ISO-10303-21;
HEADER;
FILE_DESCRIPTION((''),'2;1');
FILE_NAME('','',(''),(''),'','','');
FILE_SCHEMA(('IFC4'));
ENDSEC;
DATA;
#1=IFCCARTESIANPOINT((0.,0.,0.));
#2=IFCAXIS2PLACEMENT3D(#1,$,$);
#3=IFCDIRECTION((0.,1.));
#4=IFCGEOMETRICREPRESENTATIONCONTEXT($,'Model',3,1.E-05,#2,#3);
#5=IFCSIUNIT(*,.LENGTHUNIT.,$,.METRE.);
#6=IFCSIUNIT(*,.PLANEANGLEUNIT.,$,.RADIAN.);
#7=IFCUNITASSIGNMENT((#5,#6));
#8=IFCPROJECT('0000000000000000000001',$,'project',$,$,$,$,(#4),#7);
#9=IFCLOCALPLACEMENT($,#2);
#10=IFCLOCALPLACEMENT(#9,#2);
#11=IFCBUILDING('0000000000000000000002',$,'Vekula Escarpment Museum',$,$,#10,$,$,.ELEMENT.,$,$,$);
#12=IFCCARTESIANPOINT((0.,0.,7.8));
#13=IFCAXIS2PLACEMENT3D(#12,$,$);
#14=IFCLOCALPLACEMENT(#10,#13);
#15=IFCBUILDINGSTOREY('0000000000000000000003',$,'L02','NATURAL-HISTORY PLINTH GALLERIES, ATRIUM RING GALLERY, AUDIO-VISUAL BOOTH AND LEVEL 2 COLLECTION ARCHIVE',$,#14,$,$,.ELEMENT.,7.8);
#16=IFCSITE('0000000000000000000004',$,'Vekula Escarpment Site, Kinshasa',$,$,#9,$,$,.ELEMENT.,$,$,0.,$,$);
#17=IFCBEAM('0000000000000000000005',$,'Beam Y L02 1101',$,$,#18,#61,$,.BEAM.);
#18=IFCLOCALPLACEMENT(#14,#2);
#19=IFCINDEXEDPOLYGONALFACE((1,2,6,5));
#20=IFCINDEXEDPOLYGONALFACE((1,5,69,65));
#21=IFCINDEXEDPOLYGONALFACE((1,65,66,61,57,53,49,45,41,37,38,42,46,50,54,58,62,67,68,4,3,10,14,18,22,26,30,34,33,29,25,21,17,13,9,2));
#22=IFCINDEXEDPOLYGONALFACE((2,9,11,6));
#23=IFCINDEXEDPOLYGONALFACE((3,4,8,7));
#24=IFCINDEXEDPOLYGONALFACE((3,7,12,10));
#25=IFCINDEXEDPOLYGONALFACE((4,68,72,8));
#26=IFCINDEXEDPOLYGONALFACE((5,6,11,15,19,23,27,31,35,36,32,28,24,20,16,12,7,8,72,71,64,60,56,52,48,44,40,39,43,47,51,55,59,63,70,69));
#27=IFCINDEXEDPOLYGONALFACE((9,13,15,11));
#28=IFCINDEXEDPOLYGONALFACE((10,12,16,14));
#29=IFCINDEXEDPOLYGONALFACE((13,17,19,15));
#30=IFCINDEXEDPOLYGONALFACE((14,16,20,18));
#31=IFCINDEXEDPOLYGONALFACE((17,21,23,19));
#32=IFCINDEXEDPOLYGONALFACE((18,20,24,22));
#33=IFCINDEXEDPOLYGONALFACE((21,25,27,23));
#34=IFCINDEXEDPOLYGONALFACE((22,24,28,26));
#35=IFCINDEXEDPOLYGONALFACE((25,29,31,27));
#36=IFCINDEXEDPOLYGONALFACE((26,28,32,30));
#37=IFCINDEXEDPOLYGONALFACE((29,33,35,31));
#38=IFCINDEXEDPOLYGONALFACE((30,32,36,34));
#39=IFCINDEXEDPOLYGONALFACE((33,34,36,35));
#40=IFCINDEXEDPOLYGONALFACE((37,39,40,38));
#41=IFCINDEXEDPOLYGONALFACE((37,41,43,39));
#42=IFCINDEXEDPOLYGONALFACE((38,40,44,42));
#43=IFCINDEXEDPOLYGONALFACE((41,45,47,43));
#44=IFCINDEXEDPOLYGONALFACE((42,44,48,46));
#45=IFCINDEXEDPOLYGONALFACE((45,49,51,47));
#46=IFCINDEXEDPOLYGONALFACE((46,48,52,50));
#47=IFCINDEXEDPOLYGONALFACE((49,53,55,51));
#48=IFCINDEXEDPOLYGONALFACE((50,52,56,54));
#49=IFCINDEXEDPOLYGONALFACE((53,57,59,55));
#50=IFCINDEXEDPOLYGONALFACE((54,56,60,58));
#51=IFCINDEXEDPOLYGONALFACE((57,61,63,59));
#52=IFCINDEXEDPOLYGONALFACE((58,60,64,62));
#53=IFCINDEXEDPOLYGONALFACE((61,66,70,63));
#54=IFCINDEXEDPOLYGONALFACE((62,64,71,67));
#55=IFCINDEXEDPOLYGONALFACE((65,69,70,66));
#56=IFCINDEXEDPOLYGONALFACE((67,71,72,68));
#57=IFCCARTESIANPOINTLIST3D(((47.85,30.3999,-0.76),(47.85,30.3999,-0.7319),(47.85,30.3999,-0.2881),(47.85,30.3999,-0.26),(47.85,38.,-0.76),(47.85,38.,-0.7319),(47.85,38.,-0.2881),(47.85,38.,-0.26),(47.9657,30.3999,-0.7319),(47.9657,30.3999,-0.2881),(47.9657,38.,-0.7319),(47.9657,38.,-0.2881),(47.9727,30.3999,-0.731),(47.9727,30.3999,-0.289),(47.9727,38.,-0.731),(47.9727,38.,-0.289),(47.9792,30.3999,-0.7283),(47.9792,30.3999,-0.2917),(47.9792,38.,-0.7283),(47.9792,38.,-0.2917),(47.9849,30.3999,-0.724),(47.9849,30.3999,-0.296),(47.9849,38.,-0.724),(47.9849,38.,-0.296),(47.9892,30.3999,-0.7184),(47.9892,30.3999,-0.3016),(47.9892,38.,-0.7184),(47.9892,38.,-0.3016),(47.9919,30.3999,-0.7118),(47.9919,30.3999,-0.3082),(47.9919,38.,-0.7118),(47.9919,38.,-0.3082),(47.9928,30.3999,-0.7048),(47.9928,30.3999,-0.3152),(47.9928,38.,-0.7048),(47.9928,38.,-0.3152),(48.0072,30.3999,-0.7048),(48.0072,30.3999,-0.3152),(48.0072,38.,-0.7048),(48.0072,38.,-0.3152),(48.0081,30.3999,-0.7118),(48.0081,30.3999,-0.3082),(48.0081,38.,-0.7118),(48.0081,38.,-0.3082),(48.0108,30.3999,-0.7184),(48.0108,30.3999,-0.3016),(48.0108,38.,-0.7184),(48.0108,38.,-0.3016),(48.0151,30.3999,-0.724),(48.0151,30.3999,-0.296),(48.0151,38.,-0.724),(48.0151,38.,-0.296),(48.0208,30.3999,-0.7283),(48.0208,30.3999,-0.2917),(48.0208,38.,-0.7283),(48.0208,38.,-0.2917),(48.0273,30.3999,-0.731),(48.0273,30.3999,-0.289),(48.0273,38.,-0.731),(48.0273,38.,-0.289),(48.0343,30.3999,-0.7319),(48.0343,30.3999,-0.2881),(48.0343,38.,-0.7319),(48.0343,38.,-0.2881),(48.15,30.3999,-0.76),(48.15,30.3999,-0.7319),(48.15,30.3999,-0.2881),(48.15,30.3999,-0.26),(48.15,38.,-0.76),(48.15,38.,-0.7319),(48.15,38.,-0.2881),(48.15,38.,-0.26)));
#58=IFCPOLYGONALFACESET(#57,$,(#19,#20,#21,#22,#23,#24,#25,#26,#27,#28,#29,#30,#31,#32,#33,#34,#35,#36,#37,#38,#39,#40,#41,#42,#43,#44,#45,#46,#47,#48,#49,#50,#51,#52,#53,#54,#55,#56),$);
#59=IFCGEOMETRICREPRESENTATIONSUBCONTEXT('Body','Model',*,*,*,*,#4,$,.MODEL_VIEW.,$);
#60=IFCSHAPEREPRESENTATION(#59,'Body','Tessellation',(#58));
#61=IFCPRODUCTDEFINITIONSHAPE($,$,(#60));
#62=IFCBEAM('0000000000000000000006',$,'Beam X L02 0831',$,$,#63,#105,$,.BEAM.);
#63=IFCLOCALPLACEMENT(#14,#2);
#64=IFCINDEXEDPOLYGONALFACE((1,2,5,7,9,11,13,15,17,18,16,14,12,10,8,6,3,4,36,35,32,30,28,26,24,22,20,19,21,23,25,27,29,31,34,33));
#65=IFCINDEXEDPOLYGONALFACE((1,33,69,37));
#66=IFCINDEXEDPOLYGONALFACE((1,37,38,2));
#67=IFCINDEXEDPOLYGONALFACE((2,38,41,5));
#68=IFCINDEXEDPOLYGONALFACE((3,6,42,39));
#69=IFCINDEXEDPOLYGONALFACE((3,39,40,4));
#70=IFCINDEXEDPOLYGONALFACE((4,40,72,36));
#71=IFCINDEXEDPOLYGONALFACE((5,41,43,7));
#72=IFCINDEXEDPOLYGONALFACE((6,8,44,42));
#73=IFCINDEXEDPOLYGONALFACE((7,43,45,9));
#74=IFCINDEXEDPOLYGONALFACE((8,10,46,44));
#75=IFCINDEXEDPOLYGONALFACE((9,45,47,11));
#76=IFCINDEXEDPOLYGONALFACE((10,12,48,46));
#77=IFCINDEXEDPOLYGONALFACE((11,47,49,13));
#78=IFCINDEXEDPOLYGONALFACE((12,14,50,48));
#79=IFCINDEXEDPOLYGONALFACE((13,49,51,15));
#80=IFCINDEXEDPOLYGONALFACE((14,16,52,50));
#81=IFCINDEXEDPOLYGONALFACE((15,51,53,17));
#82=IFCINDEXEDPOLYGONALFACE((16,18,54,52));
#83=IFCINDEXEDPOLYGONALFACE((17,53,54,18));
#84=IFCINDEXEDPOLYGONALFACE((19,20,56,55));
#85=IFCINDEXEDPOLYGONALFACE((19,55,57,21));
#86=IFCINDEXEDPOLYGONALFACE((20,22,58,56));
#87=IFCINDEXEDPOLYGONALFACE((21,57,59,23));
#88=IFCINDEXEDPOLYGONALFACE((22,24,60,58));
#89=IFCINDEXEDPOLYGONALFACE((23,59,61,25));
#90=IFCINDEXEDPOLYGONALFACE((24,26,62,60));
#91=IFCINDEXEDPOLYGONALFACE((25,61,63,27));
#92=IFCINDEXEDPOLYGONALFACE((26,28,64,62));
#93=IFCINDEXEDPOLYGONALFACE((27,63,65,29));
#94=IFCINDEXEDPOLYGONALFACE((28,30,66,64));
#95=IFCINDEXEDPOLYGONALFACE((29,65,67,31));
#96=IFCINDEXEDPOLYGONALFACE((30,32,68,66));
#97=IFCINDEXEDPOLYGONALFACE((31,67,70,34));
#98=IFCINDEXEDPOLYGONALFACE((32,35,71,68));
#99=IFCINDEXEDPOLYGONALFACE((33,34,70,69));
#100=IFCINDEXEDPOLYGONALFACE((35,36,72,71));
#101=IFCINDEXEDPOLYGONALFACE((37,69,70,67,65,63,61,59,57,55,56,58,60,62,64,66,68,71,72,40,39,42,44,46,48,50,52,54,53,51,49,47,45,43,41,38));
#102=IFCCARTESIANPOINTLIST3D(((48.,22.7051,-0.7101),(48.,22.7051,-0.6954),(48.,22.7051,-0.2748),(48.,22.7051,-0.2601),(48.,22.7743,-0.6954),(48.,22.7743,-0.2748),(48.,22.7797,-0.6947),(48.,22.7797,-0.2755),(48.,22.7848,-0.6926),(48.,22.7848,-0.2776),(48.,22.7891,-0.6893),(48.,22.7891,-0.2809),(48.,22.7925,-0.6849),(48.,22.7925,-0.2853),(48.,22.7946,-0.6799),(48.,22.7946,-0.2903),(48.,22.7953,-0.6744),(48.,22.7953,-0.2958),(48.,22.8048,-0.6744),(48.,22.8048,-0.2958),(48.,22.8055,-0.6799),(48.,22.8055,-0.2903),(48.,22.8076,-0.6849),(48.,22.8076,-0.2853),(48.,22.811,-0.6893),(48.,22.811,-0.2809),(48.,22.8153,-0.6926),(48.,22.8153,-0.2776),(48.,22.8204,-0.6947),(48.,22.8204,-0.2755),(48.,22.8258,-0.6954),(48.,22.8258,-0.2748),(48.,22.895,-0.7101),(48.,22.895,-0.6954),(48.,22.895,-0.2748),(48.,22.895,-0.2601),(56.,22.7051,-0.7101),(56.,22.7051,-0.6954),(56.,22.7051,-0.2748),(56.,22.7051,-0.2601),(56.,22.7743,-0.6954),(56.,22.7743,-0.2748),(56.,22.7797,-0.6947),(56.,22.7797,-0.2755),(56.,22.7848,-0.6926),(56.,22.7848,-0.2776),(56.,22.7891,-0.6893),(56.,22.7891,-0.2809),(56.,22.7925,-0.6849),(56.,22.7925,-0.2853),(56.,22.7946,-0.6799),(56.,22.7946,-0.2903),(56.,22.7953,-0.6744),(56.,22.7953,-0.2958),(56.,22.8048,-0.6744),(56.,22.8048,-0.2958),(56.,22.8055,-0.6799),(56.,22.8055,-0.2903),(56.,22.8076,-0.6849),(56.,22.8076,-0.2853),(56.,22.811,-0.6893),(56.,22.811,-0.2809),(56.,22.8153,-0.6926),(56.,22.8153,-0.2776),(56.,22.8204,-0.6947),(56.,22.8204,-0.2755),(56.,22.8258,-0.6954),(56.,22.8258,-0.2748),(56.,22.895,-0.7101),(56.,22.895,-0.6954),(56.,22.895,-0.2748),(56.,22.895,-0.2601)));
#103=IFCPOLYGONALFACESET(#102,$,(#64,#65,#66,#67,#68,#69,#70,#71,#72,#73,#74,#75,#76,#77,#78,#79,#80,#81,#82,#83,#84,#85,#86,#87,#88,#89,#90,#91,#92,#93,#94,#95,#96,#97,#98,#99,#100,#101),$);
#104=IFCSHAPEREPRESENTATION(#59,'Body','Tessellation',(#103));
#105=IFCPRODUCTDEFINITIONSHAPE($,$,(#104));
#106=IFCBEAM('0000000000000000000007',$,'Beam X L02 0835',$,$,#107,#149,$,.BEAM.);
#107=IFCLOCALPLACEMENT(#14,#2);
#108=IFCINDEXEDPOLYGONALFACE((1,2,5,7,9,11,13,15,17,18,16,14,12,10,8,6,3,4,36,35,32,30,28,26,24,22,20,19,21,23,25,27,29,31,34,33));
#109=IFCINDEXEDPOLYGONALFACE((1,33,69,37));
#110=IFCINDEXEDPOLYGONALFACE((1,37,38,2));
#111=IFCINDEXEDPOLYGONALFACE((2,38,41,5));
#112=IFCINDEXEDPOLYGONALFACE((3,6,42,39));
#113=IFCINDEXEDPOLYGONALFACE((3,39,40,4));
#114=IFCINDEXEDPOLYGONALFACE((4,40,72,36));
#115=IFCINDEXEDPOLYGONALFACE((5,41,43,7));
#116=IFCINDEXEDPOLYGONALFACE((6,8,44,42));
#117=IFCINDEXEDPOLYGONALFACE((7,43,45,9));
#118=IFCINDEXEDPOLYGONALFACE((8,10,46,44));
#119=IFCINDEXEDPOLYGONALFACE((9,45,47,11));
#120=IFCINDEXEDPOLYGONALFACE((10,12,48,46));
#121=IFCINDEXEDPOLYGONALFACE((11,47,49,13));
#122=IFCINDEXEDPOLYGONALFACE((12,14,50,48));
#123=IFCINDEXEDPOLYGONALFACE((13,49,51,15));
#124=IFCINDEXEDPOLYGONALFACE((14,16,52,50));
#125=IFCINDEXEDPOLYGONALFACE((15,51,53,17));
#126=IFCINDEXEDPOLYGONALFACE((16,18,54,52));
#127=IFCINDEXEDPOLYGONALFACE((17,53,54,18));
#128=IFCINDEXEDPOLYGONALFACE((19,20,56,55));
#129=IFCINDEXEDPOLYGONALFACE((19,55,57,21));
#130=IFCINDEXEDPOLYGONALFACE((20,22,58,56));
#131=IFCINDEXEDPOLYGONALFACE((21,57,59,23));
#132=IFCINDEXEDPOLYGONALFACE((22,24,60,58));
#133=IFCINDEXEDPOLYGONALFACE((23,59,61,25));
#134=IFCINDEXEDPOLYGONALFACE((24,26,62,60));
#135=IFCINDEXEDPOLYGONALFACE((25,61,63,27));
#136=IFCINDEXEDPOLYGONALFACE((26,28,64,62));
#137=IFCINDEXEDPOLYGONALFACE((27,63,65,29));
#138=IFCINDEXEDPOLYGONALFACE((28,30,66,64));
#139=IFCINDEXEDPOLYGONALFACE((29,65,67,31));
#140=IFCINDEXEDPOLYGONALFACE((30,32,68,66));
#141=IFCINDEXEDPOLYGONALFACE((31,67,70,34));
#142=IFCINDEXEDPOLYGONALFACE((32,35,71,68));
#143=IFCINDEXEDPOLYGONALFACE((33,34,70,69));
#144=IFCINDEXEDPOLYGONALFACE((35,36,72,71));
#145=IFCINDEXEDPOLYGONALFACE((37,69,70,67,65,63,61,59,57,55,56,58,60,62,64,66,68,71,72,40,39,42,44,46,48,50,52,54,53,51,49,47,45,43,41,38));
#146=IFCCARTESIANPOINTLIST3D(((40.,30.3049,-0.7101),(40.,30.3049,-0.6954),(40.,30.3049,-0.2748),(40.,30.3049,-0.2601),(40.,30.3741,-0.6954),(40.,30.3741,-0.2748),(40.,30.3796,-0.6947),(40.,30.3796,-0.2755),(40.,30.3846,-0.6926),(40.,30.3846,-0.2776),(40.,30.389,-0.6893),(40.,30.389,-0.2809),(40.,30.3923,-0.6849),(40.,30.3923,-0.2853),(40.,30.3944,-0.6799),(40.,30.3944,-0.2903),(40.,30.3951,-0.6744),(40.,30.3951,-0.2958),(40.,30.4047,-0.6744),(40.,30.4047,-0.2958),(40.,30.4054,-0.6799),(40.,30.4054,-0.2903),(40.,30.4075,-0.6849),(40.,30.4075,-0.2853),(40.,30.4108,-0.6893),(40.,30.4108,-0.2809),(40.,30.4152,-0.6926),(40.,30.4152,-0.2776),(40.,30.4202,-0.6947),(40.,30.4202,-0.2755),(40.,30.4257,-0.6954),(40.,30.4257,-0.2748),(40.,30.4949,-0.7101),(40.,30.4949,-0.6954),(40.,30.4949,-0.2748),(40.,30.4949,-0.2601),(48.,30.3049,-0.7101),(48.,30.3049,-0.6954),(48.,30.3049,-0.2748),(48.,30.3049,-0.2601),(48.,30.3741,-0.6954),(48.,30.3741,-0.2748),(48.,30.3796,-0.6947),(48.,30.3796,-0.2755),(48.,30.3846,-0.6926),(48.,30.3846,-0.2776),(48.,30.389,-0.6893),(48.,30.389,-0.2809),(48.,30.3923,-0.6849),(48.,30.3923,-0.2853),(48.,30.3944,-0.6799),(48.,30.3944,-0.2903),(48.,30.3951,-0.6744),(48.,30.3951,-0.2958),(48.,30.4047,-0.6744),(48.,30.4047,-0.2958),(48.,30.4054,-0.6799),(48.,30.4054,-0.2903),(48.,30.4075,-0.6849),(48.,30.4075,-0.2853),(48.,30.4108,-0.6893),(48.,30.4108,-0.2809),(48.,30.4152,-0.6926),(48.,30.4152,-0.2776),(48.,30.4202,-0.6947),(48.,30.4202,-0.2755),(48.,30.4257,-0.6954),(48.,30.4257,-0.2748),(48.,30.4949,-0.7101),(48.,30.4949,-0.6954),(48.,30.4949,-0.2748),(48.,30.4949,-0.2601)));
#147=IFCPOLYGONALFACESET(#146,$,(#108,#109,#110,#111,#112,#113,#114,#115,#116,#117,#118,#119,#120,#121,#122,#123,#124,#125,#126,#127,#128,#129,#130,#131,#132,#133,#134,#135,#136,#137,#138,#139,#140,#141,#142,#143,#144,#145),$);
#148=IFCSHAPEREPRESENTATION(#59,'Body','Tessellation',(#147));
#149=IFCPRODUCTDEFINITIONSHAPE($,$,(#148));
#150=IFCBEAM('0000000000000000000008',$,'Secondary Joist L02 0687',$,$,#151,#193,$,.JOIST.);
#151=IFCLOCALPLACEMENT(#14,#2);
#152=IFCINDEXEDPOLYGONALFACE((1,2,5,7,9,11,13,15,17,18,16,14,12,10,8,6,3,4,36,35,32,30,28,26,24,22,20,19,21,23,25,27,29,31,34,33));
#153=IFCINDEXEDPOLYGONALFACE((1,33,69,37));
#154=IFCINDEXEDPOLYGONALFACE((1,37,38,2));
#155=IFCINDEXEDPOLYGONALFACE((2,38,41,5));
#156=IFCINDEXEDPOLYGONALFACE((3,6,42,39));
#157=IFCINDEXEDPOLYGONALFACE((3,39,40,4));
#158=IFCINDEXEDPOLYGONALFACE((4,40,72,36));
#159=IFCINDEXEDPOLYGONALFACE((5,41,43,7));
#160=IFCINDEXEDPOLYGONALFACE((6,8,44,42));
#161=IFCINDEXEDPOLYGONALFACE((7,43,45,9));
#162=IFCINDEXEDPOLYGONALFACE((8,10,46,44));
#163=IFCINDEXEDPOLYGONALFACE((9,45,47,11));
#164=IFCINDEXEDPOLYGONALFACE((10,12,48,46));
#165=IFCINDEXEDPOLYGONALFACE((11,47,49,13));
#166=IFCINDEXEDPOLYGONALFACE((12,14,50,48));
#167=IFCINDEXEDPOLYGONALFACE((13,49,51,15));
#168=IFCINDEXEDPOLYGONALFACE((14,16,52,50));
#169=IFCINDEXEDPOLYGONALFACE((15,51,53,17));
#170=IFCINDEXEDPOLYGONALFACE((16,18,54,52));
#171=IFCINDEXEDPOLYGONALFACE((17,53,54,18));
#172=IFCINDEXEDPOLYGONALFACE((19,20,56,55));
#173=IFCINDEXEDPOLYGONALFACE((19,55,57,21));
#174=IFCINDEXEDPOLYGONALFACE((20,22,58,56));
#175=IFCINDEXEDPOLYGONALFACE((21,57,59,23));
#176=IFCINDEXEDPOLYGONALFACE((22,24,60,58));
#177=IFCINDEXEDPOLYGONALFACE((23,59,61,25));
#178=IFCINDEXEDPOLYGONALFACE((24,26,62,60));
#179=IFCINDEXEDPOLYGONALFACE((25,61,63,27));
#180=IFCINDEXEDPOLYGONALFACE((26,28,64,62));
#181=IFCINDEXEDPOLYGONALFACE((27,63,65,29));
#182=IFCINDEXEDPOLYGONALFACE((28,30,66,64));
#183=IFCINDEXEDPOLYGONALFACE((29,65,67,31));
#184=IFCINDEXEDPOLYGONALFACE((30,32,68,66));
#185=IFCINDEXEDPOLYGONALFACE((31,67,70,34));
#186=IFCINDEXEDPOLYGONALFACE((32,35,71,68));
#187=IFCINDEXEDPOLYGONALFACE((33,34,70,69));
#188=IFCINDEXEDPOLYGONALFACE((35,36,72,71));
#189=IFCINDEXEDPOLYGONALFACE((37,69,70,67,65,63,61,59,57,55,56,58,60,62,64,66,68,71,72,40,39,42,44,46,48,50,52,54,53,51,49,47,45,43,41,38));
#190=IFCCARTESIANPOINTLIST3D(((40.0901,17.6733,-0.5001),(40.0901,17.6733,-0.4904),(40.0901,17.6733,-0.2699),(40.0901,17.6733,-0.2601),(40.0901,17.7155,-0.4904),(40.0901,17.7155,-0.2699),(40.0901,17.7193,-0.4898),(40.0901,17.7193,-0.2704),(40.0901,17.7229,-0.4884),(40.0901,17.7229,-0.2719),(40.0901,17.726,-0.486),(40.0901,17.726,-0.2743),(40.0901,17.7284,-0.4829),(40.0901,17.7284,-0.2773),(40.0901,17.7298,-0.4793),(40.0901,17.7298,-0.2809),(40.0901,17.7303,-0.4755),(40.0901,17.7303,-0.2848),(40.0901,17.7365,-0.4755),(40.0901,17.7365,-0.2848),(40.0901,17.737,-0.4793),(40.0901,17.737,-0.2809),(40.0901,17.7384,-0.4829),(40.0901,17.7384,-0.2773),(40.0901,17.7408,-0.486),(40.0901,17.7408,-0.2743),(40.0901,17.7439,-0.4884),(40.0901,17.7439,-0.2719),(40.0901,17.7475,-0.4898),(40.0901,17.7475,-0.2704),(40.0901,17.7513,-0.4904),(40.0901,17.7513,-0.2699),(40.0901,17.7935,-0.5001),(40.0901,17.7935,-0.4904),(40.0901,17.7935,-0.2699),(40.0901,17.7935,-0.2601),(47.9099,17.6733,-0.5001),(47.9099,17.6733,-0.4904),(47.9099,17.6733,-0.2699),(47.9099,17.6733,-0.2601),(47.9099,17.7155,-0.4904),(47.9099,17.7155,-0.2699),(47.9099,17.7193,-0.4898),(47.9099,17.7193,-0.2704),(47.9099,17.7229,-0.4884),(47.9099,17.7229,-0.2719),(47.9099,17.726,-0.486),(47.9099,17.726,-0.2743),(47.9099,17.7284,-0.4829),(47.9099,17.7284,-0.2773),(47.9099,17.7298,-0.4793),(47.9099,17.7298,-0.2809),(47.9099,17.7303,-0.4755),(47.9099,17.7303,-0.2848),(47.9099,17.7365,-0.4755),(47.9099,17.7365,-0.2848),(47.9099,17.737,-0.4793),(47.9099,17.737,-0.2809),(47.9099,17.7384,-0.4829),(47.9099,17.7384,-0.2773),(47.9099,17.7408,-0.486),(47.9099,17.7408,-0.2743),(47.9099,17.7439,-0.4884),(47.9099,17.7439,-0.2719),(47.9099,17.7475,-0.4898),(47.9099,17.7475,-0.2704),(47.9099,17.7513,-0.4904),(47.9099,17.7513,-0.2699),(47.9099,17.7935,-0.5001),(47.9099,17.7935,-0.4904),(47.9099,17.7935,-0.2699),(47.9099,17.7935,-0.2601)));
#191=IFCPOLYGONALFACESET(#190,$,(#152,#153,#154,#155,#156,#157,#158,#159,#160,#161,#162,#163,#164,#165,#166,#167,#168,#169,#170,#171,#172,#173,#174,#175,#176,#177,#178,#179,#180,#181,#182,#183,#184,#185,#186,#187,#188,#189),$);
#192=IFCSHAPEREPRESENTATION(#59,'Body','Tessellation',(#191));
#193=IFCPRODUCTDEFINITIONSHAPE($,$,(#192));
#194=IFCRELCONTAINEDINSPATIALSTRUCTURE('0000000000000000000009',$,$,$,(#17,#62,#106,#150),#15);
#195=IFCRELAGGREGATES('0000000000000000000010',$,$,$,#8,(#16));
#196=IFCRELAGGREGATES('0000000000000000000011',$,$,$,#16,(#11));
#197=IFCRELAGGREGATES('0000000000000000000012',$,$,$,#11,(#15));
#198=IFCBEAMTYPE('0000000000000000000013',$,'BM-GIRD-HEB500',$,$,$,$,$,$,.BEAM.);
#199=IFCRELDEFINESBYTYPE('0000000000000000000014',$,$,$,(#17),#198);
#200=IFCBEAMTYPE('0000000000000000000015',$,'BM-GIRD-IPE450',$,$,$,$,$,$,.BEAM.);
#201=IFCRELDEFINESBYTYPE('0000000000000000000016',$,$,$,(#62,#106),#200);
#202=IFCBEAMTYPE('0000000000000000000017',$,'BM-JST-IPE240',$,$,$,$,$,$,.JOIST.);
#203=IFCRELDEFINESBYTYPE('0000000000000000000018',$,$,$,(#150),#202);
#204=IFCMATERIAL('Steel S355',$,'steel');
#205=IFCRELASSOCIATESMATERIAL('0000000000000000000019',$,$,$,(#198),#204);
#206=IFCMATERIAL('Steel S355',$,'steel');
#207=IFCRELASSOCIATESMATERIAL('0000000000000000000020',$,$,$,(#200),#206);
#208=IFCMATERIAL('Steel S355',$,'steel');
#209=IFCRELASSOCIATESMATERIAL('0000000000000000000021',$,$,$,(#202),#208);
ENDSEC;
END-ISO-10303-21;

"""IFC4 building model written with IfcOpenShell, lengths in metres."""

from ifc_helpers import new_model, si_unit, direction, frame, origin, origin_2d, place, context, subcontext, project, spatial, i_section, extrude, material, material_profile, profile_set, type_object, element, save


model = new_model("IFC4")

# Units and contexts
model_context = context("Model", 3, precision=1e-05, world=origin(), true_north=direction((0.0, 1.0)))
body_context = subcontext(model_context, "Body", "Model", "MODEL_VIEW")
ifc_project = project(units=[si_unit("LENGTHUNIT", "METRE"), si_unit("PLANEANGLEUNIT", "RADIAN")], contexts=[model_context])

# Site, building, storey
site_placement = place(None, origin())
site = spatial("IfcSite", under=ifc_project, at=site_placement, Name="Vekula Escarpment Site, Kinshasa", CompositionType="ELEMENT", RefElevation=0.0)
building_placement = place(site_placement, origin())
building = spatial("IfcBuilding", under=site, at=building_placement, Name="Vekula Escarpment Museum", CompositionType="ELEMENT")
storey_placement = place(building_placement, frame((0.0, 0.0, 7.8)))
storey = spatial("IfcBuildingStorey", under=building, at=storey_placement, Name="L02", Description="NATURAL-HISTORY PLINTH GALLERIES, ATRIUM RING GALLERY, AUDIO-VISUAL BOOTH AND LEVEL 2 COLLECTION ARCHIVE", CompositionType="ELEMENT", Elevation=7.8)

# Beams
ifc_material_1 = material(Name="Steel S355", Category="steel")
ifc_material_profile_1 = material_profile(ifc_material_1, i_section(OverallWidth=0.3, OverallDepth=0.5, WebThickness=0.0144, FlangeThickness=0.0281, FilletRadius=0.0271, at=origin_2d()), Name="HEB 500")
ifc_profile_set_1 = profile_set([ifc_material_profile_1], Name="Steel S355")
beam_type_1 = type_object("IfcBeamType", Name="BM-GIRD-HEB500", PredefinedType="BEAM", material=ifc_profile_set_1)
beam_1_placement = place(storey_placement, frame((48.0, 30.3999, -0.51), z_axis=(0.0, 1.0, 0.0), x_axis=(-1.0, 0.0, 0.0)))
element("IfcBeam", 1, at=beam_1_placement, inside=storey, type_object=beam_type_1, Name="Beam Y L02 1101", PredefinedType="BEAM", context=body_context, shape_type="SweptSolid", body=[
    extrude(i_section(OverallWidth=0.3, OverallDepth=0.5, WebThickness=0.0144, FlangeThickness=0.0281, FilletRadius=0.0271, at=origin_2d()), origin(), (0.0, 0.0, 1.0), 7.6001),
])
ifc_material_2 = material(Name="Steel S355", Category="steel")
ifc_material_profile_2 = material_profile(ifc_material_2, i_section(OverallWidth=0.1899, OverallDepth=0.45, WebThickness=0.0095, FlangeThickness=0.0146, FilletRadius=0.021, at=origin_2d()), Name="IPE 450")
ifc_profile_set_2 = profile_set([ifc_material_profile_2], Name="Steel S355")
beam_type_2 = type_object("IfcBeamType", Name="BM-GIRD-IPE450", PredefinedType="BEAM", material=ifc_profile_set_2)
for number, where, z_axis, x_axis, name in (
    (2, (48.0, 22.8, -0.4851), (1.0, 0.0, 0.0), (0.0, 1.0, 0.0), "Beam X L02 0831"),
    (3, (40.0, 30.3999, -0.4851), (1.0, 0.0, 0.0), (0.0, 1.0, 0.0), "Beam X L02 0835"),
):
    element("IfcBeam", number, at=place(storey_placement, frame(where, z_axis=z_axis, x_axis=x_axis)), inside=storey, type_object=beam_type_2, Name=name, PredefinedType="BEAM", context=body_context, shape_type="SweptSolid", body=[
        extrude(i_section(OverallWidth=0.1899, OverallDepth=0.45, WebThickness=0.0095, FlangeThickness=0.0146, FilletRadius=0.021, at=origin_2d()), origin(), (0.0, 0.0, 1.0), 8.0),
    ])
ifc_material_3 = material(Name="Steel S355", Category="steel")
ifc_material_profile_3 = material_profile(ifc_material_3, i_section(OverallWidth=0.1201, OverallDepth=0.24, WebThickness=0.0061, FlangeThickness=0.0098, FilletRadius=0.0149, at=origin_2d()), Name="IPE 240")
ifc_profile_set_3 = profile_set([ifc_material_profile_3], Name="Steel S355")
beam_type_3 = type_object("IfcBeamType", Name="BM-JST-IPE240", PredefinedType="JOIST", material=ifc_profile_set_3)
for number, where, z_axis, x_axis, name in (
    (4, (40.0901, 17.7334, -0.3801), (1.0, 0.0, 0.0), (0.0, 1.0, 0.0), "Secondary Joist L02 0687"),
):
    element("IfcBeam", number, at=place(storey_placement, frame(where, z_axis=z_axis, x_axis=x_axis)), inside=storey, type_object=beam_type_3, Name=name, PredefinedType="JOIST", context=body_context, shape_type="SweptSolid", body=[
        extrude(i_section(OverallWidth=0.1201, OverallDepth=0.24, WebThickness=0.0061, FlangeThickness=0.0098, FilletRadius=0.0149, at=origin_2d()), origin(), (0.0, 0.0, 1.0), 7.8198),
    ])

save(model, "model.ifc")
